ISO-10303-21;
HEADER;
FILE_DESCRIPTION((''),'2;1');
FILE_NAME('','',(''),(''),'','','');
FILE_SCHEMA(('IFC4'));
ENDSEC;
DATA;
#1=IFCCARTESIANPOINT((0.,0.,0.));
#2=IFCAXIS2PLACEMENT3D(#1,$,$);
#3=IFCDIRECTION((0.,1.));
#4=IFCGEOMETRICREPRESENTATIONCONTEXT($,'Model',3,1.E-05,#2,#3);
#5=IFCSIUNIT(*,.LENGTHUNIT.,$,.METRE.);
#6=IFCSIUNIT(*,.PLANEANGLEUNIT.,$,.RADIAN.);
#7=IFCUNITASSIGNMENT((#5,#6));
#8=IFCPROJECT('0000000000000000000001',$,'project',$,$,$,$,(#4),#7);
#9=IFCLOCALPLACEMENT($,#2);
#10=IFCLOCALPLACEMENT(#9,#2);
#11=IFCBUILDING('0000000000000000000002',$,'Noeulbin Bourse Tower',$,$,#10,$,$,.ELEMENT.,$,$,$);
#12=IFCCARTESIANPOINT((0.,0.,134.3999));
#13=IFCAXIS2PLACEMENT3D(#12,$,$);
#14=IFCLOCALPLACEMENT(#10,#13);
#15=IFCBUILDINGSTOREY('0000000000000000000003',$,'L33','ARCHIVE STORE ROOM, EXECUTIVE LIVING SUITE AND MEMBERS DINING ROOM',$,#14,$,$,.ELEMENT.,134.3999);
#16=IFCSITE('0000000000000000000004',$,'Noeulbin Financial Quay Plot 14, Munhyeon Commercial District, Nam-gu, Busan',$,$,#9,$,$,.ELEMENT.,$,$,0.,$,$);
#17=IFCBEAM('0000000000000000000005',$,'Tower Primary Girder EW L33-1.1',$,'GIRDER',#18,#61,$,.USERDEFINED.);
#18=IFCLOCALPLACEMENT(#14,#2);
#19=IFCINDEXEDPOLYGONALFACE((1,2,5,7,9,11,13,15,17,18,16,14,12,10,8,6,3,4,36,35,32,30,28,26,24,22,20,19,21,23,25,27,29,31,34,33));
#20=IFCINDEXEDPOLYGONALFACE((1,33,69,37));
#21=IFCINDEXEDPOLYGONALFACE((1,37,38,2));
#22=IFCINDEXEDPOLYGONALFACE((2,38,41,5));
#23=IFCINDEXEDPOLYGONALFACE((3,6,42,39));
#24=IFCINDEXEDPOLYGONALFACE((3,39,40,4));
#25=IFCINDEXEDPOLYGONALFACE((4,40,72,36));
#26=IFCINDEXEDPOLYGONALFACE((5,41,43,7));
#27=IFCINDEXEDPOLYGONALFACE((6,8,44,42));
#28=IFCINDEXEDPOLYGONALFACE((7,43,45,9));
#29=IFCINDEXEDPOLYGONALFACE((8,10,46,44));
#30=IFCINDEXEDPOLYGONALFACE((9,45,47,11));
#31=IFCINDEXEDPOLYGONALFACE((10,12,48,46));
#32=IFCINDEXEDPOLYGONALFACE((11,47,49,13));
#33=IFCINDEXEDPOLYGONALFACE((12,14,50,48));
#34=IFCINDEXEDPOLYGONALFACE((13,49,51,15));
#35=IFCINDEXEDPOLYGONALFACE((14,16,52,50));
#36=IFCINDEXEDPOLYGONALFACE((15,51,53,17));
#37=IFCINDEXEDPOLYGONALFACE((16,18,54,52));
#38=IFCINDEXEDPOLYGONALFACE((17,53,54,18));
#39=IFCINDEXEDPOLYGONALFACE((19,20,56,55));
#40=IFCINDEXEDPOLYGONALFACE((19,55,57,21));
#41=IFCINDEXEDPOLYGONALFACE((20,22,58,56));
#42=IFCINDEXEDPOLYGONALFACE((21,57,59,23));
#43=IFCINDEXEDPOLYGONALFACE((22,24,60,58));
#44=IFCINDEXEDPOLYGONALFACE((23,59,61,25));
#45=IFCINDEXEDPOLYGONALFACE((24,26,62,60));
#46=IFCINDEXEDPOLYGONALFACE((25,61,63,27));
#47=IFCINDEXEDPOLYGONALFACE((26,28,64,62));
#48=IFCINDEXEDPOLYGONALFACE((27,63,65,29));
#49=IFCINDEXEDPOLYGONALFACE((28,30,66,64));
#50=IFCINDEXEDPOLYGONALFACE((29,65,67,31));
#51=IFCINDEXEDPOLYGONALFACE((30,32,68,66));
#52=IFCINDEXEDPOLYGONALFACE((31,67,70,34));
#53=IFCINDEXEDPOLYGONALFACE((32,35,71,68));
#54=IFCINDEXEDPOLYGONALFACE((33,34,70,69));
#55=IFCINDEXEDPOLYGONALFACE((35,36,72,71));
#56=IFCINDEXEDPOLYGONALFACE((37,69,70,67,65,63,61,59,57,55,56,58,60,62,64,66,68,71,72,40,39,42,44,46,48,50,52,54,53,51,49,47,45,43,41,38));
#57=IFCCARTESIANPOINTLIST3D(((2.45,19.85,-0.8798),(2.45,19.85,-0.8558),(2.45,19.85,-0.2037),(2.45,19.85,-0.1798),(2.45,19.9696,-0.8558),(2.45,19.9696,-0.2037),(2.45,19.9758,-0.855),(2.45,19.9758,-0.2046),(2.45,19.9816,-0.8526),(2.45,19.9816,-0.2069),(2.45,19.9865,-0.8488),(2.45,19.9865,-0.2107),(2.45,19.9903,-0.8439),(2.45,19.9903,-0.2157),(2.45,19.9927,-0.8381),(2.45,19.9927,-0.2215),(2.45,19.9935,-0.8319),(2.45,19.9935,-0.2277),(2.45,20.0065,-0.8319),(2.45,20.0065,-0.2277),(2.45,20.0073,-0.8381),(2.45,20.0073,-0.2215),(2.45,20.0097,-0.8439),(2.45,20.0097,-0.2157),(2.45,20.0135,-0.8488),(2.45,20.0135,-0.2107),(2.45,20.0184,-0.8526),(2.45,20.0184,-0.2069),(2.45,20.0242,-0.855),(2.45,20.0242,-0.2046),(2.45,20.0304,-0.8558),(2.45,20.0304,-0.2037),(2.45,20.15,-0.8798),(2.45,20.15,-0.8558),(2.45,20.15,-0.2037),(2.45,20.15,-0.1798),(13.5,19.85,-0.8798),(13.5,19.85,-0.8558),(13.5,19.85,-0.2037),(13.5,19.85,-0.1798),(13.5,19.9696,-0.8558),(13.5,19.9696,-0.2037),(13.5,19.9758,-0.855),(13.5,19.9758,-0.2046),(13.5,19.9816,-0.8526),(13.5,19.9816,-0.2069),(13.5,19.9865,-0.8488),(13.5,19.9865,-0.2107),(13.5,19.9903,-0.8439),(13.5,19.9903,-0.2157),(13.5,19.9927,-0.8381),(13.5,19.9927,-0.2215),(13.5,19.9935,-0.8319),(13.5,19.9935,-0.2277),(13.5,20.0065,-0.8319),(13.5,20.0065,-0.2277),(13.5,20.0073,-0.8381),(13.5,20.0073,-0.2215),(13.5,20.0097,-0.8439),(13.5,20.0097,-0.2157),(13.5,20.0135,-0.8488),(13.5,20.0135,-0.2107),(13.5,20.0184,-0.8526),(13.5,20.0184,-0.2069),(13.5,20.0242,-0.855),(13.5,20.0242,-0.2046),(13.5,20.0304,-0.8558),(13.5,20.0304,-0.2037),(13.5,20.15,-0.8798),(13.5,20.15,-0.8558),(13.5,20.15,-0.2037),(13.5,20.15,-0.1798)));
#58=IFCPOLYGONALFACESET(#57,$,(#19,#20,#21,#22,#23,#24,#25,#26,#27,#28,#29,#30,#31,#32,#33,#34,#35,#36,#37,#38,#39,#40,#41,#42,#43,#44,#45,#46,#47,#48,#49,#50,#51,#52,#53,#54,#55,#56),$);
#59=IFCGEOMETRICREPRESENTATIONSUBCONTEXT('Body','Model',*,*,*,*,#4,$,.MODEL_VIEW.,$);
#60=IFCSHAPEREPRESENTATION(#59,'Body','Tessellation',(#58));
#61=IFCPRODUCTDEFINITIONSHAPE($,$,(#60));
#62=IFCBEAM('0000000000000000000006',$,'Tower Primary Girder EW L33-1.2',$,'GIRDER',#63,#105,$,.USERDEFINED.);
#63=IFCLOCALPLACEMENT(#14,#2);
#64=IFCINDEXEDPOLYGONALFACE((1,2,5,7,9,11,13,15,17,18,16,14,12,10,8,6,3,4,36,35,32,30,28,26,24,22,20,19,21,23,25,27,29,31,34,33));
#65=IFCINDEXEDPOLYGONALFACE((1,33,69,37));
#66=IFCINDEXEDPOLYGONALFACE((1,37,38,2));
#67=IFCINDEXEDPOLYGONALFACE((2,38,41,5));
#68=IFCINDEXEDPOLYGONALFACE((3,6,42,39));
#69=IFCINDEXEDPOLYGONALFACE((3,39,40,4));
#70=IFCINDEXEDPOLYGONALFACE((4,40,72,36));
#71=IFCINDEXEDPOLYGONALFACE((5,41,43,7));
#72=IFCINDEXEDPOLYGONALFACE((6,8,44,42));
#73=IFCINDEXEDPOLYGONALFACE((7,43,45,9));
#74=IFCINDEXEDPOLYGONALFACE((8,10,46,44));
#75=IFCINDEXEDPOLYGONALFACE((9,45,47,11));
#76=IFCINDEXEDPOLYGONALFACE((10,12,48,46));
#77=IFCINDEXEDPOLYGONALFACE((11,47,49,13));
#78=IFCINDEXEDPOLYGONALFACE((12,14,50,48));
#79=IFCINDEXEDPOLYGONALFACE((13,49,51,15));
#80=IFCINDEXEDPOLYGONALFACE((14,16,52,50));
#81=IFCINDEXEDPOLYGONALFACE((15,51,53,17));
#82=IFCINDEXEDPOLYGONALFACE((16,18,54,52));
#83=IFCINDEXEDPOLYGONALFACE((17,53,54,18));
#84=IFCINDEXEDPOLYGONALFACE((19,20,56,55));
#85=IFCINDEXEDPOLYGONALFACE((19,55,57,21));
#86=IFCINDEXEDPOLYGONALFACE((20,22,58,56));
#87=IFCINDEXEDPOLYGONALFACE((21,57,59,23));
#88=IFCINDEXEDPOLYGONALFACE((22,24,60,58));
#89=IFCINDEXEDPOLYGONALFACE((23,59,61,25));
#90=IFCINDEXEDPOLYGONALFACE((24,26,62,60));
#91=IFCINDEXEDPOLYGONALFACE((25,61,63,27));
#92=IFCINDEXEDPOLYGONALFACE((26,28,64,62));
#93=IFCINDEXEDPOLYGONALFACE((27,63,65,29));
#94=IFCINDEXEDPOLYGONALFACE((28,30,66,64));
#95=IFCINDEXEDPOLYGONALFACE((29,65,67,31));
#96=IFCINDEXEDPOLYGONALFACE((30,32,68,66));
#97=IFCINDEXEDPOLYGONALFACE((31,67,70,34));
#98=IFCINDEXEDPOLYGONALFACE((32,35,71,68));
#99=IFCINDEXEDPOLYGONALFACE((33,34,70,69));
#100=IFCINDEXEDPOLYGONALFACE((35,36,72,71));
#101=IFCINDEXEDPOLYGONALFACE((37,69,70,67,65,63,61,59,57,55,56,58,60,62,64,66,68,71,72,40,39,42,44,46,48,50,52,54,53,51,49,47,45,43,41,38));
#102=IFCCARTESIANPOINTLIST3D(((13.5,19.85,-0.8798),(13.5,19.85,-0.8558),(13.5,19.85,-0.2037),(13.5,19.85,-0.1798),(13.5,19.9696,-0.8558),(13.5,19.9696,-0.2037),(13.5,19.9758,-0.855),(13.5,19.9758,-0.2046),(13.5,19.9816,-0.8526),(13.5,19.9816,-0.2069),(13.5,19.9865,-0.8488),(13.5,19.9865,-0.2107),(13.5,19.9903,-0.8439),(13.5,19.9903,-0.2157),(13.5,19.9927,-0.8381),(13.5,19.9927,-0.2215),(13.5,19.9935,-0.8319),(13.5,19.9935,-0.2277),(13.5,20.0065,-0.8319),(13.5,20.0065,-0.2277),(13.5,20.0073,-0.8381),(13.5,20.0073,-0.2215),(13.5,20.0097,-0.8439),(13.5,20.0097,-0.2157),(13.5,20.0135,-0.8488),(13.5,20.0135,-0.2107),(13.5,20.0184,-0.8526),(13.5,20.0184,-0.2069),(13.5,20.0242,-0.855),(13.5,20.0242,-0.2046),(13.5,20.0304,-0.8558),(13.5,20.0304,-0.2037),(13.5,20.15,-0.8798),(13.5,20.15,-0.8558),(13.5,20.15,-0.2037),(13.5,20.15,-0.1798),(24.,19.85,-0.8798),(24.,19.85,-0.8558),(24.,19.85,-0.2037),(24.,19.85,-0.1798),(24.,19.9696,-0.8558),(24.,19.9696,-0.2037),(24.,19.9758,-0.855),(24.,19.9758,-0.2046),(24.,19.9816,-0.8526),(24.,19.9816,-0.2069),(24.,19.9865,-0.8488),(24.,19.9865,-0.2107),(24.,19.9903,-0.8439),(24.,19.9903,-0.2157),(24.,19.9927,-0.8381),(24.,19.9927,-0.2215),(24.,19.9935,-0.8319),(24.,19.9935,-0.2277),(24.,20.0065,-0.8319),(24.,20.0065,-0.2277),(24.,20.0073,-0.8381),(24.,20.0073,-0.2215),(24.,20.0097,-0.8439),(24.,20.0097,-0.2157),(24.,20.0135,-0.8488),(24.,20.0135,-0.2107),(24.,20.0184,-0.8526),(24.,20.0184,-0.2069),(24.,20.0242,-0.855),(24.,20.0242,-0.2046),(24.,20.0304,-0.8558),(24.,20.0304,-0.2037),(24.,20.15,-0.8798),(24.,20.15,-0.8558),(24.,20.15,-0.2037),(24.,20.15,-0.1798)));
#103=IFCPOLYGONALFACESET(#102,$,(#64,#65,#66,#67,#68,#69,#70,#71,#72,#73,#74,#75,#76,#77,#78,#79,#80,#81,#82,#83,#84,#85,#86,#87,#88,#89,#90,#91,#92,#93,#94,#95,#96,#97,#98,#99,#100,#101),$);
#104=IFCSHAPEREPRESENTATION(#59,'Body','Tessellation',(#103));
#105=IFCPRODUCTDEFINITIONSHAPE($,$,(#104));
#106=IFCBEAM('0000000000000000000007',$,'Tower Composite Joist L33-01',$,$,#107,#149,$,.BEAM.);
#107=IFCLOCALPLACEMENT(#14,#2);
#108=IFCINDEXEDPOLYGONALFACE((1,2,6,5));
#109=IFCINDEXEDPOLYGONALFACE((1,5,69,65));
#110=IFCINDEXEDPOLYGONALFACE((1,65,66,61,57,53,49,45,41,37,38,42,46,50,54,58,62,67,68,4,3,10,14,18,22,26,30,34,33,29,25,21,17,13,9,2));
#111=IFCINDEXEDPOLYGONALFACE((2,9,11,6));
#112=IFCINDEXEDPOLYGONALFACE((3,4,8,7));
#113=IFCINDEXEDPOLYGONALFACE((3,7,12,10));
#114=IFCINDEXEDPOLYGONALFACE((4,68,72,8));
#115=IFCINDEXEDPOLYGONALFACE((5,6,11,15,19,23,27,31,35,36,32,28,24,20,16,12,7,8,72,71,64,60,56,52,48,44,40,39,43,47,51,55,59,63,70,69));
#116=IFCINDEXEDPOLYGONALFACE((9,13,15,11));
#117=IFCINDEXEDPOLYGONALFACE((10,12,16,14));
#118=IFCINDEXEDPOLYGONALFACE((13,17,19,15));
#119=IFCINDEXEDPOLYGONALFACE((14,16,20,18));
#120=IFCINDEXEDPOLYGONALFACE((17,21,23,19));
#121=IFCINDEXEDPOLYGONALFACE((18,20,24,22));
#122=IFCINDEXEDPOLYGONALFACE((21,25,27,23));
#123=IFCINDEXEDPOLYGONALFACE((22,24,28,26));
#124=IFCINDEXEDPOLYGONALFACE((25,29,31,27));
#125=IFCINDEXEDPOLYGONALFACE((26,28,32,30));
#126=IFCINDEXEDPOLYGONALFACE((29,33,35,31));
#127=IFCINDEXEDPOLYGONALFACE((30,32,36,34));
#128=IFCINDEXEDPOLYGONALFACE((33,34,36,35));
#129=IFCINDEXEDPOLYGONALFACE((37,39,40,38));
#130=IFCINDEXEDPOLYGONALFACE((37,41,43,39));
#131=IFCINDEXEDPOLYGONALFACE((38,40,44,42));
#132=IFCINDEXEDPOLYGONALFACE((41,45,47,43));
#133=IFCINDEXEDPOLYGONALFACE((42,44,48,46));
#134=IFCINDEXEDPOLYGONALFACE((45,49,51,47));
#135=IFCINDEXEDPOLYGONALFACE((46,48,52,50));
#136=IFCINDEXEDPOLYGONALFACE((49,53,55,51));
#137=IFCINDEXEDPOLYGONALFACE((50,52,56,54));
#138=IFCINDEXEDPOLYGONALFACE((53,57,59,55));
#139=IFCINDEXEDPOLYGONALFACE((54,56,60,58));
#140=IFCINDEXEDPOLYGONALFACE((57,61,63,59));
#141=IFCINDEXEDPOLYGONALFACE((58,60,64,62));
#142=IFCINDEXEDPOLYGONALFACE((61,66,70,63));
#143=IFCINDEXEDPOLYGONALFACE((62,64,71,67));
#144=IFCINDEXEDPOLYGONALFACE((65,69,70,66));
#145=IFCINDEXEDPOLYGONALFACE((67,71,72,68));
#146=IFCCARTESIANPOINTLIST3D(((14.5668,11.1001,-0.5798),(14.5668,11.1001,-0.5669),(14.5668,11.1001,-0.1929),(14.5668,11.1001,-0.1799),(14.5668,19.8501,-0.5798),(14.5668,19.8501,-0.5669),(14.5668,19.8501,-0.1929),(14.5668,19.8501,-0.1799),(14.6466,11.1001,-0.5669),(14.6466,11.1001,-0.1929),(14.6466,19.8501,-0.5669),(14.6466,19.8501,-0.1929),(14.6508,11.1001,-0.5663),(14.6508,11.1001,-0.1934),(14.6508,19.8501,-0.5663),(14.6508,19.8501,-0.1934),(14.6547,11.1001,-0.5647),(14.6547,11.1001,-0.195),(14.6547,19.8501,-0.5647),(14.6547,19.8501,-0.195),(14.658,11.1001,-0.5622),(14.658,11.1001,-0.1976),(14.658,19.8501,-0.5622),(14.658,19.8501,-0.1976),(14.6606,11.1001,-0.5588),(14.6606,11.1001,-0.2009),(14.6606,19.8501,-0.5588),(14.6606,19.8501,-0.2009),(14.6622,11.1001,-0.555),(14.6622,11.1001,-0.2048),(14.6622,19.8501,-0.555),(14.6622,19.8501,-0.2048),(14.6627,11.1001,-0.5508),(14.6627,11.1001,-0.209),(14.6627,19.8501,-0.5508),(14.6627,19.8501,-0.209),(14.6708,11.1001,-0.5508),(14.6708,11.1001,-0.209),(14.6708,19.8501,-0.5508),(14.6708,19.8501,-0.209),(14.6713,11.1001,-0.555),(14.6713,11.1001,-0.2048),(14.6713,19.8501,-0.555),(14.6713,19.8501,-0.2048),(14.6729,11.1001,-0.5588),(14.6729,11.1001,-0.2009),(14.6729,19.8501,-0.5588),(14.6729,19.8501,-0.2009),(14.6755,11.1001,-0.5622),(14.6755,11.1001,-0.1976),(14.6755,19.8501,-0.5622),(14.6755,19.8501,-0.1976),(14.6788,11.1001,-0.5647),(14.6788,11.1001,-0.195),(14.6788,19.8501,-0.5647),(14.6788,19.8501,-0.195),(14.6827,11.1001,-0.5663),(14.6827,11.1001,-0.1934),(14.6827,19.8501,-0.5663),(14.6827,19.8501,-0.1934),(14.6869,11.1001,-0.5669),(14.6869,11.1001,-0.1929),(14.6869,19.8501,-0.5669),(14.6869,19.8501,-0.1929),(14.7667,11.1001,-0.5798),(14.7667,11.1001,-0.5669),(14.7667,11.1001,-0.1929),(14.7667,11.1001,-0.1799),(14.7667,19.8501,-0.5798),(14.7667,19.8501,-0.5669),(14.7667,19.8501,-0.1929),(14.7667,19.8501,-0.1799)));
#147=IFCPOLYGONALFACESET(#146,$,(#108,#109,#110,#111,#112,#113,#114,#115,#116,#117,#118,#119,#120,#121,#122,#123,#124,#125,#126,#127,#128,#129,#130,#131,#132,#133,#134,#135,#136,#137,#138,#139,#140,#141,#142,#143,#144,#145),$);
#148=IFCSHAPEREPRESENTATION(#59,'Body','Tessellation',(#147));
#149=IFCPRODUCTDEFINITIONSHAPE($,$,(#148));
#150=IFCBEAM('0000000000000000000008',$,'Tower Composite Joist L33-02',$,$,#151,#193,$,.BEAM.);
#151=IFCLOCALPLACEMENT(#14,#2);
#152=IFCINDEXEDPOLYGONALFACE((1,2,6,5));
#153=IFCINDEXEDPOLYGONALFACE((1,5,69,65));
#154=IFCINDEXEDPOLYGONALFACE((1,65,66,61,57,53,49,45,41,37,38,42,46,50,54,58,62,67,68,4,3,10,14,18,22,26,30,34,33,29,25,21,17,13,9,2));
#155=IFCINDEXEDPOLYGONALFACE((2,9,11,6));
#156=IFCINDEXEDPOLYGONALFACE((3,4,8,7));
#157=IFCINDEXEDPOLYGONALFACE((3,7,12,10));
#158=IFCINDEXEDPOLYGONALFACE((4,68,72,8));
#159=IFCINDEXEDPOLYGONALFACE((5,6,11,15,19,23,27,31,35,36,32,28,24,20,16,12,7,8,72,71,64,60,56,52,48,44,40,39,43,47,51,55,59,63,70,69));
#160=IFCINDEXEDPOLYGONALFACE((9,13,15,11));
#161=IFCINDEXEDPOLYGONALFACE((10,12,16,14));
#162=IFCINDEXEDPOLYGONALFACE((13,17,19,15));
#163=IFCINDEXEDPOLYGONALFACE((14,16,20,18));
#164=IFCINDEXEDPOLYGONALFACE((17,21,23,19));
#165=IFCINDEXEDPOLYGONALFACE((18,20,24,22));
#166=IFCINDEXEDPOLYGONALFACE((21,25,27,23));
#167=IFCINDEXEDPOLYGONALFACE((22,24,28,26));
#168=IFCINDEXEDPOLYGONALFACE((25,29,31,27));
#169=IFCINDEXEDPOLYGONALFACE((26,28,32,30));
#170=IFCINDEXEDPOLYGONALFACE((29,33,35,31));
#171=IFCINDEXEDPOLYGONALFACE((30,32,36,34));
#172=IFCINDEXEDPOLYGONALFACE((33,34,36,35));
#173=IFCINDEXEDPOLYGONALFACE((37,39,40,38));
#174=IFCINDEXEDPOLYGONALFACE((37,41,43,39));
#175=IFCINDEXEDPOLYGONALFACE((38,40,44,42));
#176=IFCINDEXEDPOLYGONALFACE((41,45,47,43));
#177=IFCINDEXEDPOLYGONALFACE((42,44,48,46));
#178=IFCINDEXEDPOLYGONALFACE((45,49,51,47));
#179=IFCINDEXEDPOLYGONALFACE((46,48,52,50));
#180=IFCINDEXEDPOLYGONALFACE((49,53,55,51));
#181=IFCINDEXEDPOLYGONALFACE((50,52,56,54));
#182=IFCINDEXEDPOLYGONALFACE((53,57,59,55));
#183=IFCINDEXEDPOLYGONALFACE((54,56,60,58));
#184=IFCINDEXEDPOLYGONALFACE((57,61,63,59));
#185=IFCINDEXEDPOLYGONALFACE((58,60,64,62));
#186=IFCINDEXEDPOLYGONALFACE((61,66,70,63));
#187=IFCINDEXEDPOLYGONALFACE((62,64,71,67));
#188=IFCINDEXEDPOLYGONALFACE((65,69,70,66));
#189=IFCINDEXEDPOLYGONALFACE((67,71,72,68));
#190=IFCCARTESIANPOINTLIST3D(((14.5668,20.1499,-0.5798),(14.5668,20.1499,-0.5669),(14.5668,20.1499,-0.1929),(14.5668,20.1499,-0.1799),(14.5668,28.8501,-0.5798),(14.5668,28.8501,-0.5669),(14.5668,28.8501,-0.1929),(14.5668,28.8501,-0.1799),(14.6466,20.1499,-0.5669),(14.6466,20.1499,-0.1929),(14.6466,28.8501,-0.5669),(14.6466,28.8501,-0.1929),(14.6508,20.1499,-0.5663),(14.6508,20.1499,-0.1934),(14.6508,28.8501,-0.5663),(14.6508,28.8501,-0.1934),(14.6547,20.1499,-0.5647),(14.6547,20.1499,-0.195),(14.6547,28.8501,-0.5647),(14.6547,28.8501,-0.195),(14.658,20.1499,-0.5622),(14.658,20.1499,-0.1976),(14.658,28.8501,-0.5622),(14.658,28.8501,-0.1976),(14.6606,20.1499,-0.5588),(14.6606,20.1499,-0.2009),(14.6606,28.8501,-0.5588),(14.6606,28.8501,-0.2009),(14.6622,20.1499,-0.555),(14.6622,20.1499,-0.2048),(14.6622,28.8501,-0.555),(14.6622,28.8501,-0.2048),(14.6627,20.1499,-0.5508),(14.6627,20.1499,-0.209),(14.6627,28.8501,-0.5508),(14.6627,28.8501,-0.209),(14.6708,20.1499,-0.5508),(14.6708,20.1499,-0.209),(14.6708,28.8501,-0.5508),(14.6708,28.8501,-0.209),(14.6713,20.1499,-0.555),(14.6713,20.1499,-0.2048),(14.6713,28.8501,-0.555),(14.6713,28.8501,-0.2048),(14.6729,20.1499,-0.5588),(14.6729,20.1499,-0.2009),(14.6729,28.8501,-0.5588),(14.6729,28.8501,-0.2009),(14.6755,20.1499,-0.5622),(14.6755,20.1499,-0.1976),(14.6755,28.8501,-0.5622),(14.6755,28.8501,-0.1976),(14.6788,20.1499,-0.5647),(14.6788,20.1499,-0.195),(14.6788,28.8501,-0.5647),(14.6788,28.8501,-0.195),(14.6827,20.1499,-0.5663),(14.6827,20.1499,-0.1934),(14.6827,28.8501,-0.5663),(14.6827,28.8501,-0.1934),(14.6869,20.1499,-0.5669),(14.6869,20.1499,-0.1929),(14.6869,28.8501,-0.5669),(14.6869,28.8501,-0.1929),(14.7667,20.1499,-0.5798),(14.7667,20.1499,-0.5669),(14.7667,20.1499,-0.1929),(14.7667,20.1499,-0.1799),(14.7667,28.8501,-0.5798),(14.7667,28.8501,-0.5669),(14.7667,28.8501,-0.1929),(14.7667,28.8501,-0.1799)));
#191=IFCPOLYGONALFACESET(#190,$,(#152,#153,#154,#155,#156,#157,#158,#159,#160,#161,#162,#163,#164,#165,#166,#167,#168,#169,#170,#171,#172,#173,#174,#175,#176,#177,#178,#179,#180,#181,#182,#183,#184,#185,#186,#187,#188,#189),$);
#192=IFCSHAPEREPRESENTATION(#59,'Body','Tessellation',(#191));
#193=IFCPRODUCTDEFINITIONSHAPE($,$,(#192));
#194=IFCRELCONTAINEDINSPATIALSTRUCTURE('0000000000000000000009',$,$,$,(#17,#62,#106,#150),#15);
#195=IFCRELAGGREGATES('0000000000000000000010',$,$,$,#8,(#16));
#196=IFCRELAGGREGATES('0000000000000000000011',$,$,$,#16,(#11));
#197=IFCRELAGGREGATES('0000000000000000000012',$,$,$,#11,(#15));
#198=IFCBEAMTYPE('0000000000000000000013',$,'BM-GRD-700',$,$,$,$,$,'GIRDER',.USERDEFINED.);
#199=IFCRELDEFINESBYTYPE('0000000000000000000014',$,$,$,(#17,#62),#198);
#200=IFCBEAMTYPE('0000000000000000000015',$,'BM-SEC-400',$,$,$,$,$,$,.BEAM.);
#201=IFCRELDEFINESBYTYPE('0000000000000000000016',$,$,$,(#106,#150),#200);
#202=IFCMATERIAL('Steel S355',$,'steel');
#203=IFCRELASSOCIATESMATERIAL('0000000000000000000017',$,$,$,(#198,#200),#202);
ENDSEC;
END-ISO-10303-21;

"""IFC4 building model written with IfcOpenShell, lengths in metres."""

from ifc_helpers import new_model, si_unit, direction, frame, origin, origin_2d, place, context, subcontext, project, spatial, i_section, extrude, material, material_profile, profile_set, type_object, element, save


model = new_model("IFC4")

# Units and contexts
model_context = context("Model", 3, precision=1e-05, world=origin(), true_north=direction((0.0, 1.0)))
body_context = subcontext(model_context, "Body", "Model", "MODEL_VIEW")
ifc_project = project(units=[si_unit("LENGTHUNIT", "METRE"), si_unit("PLANEANGLEUNIT", "RADIAN")], contexts=[model_context])

# Site, building, storey
site_placement = place(None, origin())
site = spatial("IfcSite", under=ifc_project, at=site_placement, Name="Noeulbin Financial Quay Plot 14, Munhyeon Commercial District, Nam-gu, Busan", CompositionType="ELEMENT", RefElevation=0.0)
building_placement = place(site_placement, origin())
building = spatial("IfcBuilding", under=site, at=building_placement, Name="Noeulbin Bourse Tower", CompositionType="ELEMENT")
storey_placement = place(building_placement, frame((0.0, 0.0, 134.3999)))
storey = spatial("IfcBuildingStorey", under=building, at=storey_placement, Name="L33", Description="ARCHIVE STORE ROOM, EXECUTIVE LIVING SUITE AND MEMBERS DINING ROOM", CompositionType="ELEMENT", Elevation=134.3999)

# Shared definitions
ifc_material_1 = material(Name="Steel S355", Category="steel")

# Beams
ifc_material_profile_1 = material_profile(ifc_material_1, i_section(OverallWidth=0.3, OverallDepth=0.7, WebThickness=0.0129, FlangeThickness=0.0239, FilletRadius=0.0239, at=origin_2d()), Name="H-700x300x13x24", Category="LoadBearing")
ifc_profile_set_1 = profile_set([ifc_material_profile_1], Name="Steel S355")
beam_type_1 = type_object("IfcBeamType", Name="BM-GRD-700", ElementType="GIRDER", PredefinedType="USERDEFINED", material=ifc_profile_set_1)
beam_1_placement = place(storey_placement, frame((2.45, 20.0, -0.5298), z_axis=(1.0, 0.0, 0.0), x_axis=(0.0, 1.0, 0.0)))
element("IfcBeam", 1, at=beam_1_placement, inside=storey, type_object=beam_type_1, Name="Tower Primary Girder EW L33-1.1", ObjectType="GIRDER", PredefinedType="USERDEFINED", context=body_context, shape_type="SweptSolid", body=[
    extrude(i_section(OverallWidth=0.3, OverallDepth=0.7, WebThickness=0.0129, FlangeThickness=0.0239, FilletRadius=0.0239, at=origin_2d()), origin(), (0.0, 0.0, 1.0), 11.05),
])
beam_2_placement = place(storey_placement, frame((13.5, 20.0, -0.5298), z_axis=(1.0, 0.0, 0.0), x_axis=(0.0, 1.0, 0.0)))
element("IfcBeam", 2, at=beam_2_placement, inside=storey, type_object=beam_type_1, Name="Tower Primary Girder EW L33-1.2", ObjectType="GIRDER", PredefinedType="USERDEFINED", context=body_context, shape_type="SweptSolid", body=[
    extrude(i_section(OverallWidth=0.3, OverallDepth=0.7, WebThickness=0.0129, FlangeThickness=0.0239, FilletRadius=0.0239, at=origin_2d()), origin(), (0.0, 0.0, 1.0), 10.5),
])
ifc_material_profile_2 = material_profile(ifc_material_1, i_section(OverallWidth=0.2, OverallDepth=0.3999, WebThickness=0.0081, FlangeThickness=0.0129, FilletRadius=0.0161, at=origin_2d()), Name="H-400x200x8x13", Category="LoadBearing")
ifc_profile_set_2 = profile_set([ifc_material_profile_2], Name="Steel S355")
beam_type_2 = type_object("IfcBeamType", Name="BM-SEC-400", PredefinedType="BEAM", material=ifc_profile_set_2)
beam_3_placement = place(storey_placement, frame((14.6667, 11.1001, -0.3799), z_axis=(0.0, 1.0, 0.0), x_axis=(-1.0, 0.0, 0.0)))
element("IfcBeam", 3, at=beam_3_placement, inside=storey, type_object=beam_type_2, Name="Tower Composite Joist L33-01", PredefinedType="BEAM", context=body_context, shape_type="SweptSolid", body=[
    extrude(i_section(OverallWidth=0.2, OverallDepth=0.3999, WebThickness=0.0081, FlangeThickness=0.0129, FilletRadius=0.0161, at=origin_2d()), origin(), (0.0, 0.0, 1.0), 8.75),
])
beam_4_placement = place(storey_placement, frame((14.6667, 20.1499, -0.3799), z_axis=(0.0, 1.0, 0.0), x_axis=(-1.0, 0.0, 0.0)))
element("IfcBeam", 4, at=beam_4_placement, inside=storey, type_object=beam_type_2, Name="Tower Composite Joist L33-02", PredefinedType="BEAM", context=body_context, shape_type="SweptSolid", body=[
    extrude(i_section(OverallWidth=0.2, OverallDepth=0.3999, WebThickness=0.0081, FlangeThickness=0.0129, FilletRadius=0.0161, at=origin_2d()), origin(), (0.0, 0.0, 1.0), 8.7002),
])

save(model, "model.ifc")
